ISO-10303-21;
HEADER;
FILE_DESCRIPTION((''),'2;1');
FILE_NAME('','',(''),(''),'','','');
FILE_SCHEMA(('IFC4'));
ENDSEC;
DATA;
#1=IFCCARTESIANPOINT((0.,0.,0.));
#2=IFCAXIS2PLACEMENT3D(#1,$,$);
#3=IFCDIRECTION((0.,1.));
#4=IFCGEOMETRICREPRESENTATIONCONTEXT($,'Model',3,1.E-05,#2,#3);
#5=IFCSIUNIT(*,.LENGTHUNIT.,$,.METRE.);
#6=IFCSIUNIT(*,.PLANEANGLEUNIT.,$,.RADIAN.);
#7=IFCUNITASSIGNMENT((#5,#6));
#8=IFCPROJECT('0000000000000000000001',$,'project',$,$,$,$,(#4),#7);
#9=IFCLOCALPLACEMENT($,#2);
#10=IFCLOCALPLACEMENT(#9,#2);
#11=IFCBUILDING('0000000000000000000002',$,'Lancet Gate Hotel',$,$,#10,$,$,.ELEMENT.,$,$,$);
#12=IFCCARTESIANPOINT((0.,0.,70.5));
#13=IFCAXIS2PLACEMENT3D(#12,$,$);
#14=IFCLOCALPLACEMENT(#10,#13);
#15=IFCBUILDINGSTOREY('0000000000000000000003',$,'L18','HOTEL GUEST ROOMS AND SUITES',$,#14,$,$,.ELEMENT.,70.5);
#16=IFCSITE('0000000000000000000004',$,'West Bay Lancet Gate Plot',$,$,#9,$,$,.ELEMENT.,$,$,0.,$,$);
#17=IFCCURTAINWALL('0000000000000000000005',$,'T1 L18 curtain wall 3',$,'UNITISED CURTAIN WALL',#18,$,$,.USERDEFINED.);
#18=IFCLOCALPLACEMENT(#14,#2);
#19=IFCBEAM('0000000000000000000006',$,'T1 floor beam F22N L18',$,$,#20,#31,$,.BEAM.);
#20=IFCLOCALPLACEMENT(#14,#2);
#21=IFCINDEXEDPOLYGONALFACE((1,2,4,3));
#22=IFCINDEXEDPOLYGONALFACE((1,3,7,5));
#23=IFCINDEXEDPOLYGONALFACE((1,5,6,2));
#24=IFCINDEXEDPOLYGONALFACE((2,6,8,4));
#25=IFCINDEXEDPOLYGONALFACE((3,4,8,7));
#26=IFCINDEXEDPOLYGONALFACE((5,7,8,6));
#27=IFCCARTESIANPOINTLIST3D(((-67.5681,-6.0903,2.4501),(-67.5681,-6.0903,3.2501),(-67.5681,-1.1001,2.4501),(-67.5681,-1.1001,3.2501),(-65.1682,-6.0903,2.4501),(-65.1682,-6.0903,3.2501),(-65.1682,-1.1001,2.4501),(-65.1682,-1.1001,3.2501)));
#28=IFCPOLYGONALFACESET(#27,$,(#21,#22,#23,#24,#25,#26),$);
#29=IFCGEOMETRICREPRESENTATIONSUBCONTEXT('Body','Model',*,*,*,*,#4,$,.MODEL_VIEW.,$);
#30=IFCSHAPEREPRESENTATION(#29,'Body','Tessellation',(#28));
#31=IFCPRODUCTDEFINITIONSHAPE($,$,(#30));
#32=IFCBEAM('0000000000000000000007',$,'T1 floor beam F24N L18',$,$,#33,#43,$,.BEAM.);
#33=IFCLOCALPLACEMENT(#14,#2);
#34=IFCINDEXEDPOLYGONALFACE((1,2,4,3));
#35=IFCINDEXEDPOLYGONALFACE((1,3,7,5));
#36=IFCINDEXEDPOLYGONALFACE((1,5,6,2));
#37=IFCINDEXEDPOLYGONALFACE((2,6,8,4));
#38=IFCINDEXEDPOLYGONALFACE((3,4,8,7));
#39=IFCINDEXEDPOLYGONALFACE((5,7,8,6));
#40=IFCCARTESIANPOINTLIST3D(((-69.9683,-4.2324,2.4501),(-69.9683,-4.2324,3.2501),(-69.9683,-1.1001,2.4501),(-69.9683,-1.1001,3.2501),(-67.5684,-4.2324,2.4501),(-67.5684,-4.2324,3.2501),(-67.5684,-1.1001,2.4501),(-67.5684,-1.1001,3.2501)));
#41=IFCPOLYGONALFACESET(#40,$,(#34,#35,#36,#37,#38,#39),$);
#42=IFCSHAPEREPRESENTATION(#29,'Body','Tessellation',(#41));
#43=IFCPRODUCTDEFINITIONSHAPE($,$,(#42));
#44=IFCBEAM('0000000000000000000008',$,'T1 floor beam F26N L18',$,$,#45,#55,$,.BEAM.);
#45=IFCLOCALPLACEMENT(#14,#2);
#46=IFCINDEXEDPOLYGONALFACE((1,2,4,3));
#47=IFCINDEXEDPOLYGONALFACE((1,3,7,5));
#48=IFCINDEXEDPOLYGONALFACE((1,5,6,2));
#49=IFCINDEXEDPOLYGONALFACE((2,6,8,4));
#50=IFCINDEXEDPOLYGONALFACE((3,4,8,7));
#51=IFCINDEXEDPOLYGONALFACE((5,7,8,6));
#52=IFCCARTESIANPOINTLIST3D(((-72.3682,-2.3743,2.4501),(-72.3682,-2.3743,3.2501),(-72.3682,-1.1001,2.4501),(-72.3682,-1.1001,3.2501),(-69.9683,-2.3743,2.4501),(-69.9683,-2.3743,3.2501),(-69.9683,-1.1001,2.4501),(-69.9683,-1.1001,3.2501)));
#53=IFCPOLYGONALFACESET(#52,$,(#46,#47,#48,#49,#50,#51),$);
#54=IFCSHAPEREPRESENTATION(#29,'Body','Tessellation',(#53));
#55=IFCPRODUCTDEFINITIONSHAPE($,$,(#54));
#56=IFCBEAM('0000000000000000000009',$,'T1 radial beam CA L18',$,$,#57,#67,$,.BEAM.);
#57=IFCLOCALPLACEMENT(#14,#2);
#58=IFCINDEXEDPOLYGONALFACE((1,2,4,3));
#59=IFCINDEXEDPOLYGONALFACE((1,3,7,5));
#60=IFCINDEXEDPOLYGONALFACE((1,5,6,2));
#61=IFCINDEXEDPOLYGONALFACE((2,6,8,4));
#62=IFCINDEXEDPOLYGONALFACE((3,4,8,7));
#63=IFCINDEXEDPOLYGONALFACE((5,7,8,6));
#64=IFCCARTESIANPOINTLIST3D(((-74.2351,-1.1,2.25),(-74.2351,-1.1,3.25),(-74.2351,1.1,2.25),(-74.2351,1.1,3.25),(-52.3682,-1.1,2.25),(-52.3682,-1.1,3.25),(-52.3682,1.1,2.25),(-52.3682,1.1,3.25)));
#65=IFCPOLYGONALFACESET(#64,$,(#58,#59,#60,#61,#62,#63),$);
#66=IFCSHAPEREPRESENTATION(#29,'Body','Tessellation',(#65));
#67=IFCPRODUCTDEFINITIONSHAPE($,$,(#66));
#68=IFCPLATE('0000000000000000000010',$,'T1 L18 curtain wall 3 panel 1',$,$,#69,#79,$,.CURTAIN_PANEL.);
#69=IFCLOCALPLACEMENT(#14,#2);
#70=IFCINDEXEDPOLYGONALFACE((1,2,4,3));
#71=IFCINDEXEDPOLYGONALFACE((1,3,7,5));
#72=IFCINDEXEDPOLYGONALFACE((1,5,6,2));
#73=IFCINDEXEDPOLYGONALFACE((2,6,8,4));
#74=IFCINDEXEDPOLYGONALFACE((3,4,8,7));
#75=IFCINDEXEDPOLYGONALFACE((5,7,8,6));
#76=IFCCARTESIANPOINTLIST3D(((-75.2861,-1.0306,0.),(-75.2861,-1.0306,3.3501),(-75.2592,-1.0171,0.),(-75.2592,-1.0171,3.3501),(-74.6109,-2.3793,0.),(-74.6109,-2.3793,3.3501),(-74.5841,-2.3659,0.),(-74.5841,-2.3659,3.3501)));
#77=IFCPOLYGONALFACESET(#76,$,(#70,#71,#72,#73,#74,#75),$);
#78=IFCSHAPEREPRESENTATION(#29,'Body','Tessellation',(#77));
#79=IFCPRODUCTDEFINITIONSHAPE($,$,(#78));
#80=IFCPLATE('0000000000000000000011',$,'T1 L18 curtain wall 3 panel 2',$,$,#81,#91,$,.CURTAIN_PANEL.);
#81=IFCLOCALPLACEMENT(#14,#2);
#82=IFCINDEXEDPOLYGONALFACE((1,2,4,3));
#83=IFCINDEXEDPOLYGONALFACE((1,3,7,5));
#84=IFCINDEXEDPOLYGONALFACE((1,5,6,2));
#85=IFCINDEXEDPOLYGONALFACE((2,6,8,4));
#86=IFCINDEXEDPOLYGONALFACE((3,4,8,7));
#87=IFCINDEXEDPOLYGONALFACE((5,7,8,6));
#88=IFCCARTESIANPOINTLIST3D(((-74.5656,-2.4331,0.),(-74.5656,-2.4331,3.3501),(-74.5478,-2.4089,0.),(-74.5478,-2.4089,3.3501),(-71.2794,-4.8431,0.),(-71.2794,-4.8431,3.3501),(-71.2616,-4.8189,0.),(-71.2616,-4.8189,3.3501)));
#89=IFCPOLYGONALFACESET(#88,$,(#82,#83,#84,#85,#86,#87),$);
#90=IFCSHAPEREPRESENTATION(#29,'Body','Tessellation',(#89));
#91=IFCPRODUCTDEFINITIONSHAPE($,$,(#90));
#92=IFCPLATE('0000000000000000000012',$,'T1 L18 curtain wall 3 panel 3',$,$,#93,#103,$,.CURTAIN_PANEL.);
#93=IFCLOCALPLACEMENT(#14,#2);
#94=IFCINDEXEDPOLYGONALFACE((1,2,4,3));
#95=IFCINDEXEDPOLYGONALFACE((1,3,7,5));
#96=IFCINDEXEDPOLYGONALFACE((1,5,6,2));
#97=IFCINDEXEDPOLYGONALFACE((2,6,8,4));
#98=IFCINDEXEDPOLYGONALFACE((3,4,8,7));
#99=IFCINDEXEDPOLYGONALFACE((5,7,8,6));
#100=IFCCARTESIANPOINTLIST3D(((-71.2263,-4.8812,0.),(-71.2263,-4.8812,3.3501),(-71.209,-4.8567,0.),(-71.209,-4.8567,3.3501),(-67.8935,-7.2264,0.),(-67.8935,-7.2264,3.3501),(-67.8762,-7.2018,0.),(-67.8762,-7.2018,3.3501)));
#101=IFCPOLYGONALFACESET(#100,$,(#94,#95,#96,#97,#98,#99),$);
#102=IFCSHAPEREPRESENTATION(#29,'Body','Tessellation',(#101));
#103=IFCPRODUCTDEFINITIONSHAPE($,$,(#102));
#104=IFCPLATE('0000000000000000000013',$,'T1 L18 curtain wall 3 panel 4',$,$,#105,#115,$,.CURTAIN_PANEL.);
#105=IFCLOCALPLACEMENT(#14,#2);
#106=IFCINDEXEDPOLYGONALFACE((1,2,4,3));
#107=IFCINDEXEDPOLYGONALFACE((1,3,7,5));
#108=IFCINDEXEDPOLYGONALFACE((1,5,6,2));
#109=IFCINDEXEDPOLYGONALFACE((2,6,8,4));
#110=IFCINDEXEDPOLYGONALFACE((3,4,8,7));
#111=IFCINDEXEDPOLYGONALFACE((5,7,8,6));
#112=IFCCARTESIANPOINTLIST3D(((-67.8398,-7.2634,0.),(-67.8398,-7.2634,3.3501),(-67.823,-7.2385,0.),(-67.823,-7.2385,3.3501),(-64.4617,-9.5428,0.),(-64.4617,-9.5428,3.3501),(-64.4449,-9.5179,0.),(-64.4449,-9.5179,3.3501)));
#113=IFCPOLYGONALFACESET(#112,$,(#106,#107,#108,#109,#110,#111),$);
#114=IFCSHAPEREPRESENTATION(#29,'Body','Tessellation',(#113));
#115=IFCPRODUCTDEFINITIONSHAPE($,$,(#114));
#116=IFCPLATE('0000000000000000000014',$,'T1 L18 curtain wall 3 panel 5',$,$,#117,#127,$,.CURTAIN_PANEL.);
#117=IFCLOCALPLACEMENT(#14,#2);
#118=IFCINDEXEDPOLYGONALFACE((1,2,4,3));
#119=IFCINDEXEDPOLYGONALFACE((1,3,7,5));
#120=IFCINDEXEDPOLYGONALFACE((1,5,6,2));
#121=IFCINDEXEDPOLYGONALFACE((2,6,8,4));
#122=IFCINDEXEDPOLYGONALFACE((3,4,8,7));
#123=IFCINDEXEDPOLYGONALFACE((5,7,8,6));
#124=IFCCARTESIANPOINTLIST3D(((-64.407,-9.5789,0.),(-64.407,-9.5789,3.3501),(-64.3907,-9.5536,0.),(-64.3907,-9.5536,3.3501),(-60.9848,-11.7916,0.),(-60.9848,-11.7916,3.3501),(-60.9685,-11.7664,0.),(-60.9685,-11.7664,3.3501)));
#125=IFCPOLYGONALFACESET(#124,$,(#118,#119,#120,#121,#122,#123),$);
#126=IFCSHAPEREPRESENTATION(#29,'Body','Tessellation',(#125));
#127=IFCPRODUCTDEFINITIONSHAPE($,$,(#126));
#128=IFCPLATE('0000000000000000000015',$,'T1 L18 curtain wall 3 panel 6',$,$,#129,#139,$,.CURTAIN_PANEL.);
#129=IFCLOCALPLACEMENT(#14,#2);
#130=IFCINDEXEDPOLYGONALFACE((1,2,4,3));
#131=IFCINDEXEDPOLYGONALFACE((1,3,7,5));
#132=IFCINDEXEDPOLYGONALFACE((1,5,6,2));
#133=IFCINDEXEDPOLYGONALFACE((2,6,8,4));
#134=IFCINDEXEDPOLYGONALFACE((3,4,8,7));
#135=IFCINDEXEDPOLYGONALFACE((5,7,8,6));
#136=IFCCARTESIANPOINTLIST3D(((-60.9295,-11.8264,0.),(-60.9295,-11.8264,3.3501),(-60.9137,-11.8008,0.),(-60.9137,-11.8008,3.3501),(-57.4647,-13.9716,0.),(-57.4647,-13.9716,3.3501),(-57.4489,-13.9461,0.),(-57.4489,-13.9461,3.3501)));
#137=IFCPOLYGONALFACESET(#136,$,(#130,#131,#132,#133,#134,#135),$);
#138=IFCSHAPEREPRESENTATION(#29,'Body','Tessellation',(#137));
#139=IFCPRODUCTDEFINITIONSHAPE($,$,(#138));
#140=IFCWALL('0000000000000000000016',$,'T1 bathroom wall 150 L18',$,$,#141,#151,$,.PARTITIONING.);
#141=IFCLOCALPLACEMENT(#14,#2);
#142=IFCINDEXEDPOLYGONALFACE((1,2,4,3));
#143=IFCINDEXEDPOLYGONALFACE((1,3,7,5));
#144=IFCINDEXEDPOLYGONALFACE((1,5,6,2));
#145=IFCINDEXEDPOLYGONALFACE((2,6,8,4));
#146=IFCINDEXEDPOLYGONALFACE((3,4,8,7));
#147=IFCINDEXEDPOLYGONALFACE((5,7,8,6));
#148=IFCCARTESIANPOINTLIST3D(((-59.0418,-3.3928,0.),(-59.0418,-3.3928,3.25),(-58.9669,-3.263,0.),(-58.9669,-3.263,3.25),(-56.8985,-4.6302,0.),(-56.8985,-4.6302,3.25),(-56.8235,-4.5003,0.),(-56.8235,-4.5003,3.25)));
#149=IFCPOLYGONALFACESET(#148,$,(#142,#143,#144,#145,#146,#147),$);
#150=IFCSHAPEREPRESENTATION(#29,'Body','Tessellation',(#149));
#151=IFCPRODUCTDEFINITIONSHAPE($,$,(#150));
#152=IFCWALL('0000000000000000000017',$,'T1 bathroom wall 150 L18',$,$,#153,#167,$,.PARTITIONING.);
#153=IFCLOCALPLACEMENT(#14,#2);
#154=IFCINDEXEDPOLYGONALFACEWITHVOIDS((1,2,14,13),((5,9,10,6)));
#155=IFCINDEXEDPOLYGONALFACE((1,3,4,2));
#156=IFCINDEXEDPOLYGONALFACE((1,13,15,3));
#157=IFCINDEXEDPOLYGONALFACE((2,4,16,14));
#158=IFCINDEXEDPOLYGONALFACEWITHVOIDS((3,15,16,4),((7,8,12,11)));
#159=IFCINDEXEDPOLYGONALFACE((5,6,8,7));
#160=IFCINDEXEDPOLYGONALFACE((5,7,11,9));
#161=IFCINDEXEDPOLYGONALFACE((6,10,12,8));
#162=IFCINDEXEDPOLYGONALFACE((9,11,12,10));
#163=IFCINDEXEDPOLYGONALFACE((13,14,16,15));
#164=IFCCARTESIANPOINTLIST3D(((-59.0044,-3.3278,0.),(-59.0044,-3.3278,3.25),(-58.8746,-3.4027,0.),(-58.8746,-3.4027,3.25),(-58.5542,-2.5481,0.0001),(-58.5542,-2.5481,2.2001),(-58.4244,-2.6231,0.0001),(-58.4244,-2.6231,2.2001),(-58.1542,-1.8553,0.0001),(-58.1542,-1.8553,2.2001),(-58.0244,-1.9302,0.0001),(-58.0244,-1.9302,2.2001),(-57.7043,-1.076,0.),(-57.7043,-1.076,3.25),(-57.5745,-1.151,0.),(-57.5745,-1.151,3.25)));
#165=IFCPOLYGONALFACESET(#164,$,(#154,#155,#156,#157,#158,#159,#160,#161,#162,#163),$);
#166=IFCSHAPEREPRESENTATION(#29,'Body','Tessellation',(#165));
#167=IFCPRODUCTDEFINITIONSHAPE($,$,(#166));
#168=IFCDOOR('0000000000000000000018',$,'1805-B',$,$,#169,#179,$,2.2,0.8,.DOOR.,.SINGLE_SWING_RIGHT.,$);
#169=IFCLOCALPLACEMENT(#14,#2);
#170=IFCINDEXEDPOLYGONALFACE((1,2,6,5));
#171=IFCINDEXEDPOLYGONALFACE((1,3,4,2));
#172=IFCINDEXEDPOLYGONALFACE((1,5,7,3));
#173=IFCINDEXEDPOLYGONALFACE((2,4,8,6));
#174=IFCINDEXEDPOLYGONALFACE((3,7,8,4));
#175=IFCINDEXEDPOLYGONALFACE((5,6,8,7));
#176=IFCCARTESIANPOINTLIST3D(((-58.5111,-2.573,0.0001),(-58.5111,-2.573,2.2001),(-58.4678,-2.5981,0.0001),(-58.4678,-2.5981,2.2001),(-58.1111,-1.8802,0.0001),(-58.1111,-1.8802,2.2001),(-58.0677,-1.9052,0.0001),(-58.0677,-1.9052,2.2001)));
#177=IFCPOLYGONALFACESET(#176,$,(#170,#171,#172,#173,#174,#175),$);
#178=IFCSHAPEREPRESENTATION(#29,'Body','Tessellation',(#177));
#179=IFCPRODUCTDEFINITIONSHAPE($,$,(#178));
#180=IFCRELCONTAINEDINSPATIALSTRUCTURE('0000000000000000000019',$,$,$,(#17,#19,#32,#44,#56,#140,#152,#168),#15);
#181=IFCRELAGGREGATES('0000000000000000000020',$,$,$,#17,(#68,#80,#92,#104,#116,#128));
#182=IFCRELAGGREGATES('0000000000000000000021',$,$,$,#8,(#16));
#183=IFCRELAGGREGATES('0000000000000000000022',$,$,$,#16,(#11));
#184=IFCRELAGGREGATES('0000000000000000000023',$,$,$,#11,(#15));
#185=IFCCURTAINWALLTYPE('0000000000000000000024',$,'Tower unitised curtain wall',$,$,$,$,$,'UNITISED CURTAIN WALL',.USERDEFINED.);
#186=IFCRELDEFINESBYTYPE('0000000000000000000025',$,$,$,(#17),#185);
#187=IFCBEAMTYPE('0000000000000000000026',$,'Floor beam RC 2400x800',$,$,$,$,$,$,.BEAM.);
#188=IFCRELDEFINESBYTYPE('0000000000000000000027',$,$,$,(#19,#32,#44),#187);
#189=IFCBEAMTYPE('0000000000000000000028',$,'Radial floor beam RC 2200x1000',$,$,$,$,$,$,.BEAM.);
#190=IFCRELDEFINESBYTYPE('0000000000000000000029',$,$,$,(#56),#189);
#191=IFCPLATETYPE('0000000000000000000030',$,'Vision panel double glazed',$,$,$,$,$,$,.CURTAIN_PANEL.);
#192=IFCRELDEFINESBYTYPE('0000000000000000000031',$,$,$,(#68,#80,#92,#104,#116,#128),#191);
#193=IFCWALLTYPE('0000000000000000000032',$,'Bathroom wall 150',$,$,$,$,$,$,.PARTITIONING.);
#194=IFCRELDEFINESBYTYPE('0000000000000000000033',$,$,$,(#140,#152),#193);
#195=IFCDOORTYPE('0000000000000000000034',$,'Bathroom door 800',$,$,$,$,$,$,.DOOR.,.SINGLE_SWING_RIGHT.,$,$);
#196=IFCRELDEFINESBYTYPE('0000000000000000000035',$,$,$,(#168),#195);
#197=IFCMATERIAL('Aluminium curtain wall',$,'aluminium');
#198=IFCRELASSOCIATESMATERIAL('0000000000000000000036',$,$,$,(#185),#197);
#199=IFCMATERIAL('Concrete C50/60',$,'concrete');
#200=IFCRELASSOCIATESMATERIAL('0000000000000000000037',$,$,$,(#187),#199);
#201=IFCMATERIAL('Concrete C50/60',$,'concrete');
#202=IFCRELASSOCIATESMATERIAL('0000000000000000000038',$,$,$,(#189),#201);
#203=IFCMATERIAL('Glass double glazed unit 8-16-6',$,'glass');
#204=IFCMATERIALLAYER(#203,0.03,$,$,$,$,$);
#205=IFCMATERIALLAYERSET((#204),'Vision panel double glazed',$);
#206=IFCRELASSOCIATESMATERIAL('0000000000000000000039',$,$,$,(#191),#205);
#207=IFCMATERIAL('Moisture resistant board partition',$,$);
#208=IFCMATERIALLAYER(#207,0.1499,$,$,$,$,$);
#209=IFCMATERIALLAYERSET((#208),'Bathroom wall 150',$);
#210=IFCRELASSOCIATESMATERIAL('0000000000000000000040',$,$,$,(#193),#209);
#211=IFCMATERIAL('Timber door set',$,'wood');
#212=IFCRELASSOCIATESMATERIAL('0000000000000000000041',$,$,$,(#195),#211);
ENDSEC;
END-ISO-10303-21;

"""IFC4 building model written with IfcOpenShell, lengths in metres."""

from ifc_helpers import new_model, si_unit, direction, frame, frame_2d, origin, origin_2d, place, context, subcontext, project, spatial, rectangle, extrude, material, layer, layer_set, material_profile, profile_set, type_object, element, fill, aggregate, save


model = new_model("IFC4")

# Units and contexts
model_context = context("Model", 3, precision=1e-05, world=origin(), true_north=direction((0.0, 1.0)))
body_context = subcontext(model_context, "Body", "Model", "MODEL_VIEW")
ifc_project = project(units=[si_unit("LENGTHUNIT", "METRE"), si_unit("PLANEANGLEUNIT", "RADIAN")], contexts=[model_context])

# Site, building, storey
site_placement = place(None, origin())
site = spatial("IfcSite", under=ifc_project, at=site_placement, Name="West Bay Lancet Gate Plot", CompositionType="ELEMENT", RefElevation=0.0)
building_placement = place(site_placement, origin())
building = spatial("IfcBuilding", under=site, at=building_placement, Name="Lancet Gate Hotel", CompositionType="ELEMENT")
storey_placement = place(building_placement, frame((0.0, 0.0, 70.5)))
storey = spatial("IfcBuildingStorey", under=building, at=storey_placement, Name="L18", Description="HOTEL GUEST ROOMS AND SUITES", CompositionType="ELEMENT", Elevation=70.5)

# Curtain wall
ifc_material_1 = material(Name="Aluminium curtain wall", Category="aluminium")
curtain_wall_type = type_object("IfcCurtainWallType", Name="Tower unitised curtain wall", ElementType="UNITISED CURTAIN WALL", PredefinedType="USERDEFINED", material=ifc_material_1)
curtain_wall_placement = place(storey_placement, origin())
curtain_wall = element("IfcCurtainWall", 1, at=curtain_wall_placement, inside=storey, type_object=curtain_wall_type, Name="T1 L18 curtain wall 3", ObjectType="UNITISED CURTAIN WALL", PredefinedType="USERDEFINED")

# Beams
ifc_material_2 = material(Name="Concrete C50/60", Category="concrete")
ifc_material_profile_1 = material_profile(ifc_material_2, rectangle(XDim=2.3999, YDim=0.8, at=origin_2d()), Name="RC 2400x800")
ifc_profile_set_1 = profile_set([ifc_material_profile_1], Name="Concrete C50/60")
beam_type_1 = type_object("IfcBeamType", Name="Floor beam RC 2400x800", PredefinedType="BEAM", material=ifc_profile_set_1)
beam_1_placement = place(storey_placement, frame((-66.3682, -1.1001, 2.8501), z_axis=(0.0, -1.0, 0.0), x_axis=(1.0, 0.0, 0.0)))
element("IfcBeam", 2, at=beam_1_placement, inside=storey, type_object=beam_type_1, Name="T1 floor beam F22N L18", PredefinedType="BEAM", context=body_context, shape_type="SweptSolid", body=[
    extrude(rectangle(XDim=2.3999, YDim=0.8, at=origin_2d()), origin(), (0.0, 0.0, 1.0), 4.9902),
])
beam_2_placement = place(storey_placement, frame((-68.7683, -1.1001, 2.8501), z_axis=(0.0, -1.0, 0.0), x_axis=(1.0, 0.0, 0.0)))
element("IfcBeam", 3, at=beam_2_placement, inside=storey, type_object=beam_type_1, Name="T1 floor beam F24N L18", PredefinedType="BEAM", context=body_context, shape_type="SweptSolid", body=[
    extrude(rectangle(XDim=2.3999, YDim=0.8, at=origin_2d()), origin(), (0.0, 0.0, 1.0), 3.1323),
])
beam_3_placement = place(storey_placement, frame((-71.1682, -1.1001, 2.8501), z_axis=(0.0, -1.0, 0.0), x_axis=(1.0, 0.0, 0.0)))
element("IfcBeam", 4, at=beam_3_placement, inside=storey, type_object=beam_type_1, Name="T1 floor beam F26N L18", PredefinedType="BEAM", context=body_context, shape_type="SweptSolid", body=[
    extrude(rectangle(XDim=2.3999, YDim=0.8, at=origin_2d()), origin(), (0.0, 0.0, 1.0), 1.2742),
])
ifc_material_3 = material(Name="Concrete C50/60", Category="concrete")
ifc_material_profile_2 = material_profile(ifc_material_3, rectangle(XDim=2.2, YDim=1.0, at=origin_2d()), Name="RC 2200x1000")
ifc_profile_set_2 = profile_set([ifc_material_profile_2], Name="Concrete C50/60")
beam_type_2 = type_object("IfcBeamType", Name="Radial floor beam RC 2200x1000", PredefinedType="BEAM", material=ifc_profile_set_2)
beam_4_placement = place(storey_placement, frame((-74.2351, 0.0, 2.75), z_axis=(1.0, 0.0, 0.0), x_axis=(0.0, 1.0, 0.0)))
element("IfcBeam", 5, at=beam_4_placement, inside=storey, type_object=beam_type_2, Name="T1 radial beam CA L18", PredefinedType="BEAM", context=body_context, shape_type="SweptSolid", body=[
    extrude(rectangle(XDim=2.2, YDim=1.0, at=origin_2d()), origin(), (0.0, 0.0, 1.0), 21.8669),
])

# Plates
ifc_material_4 = material(Name="Glass double glazed unit 8-16-6", Category="glass")
ifc_layer_1 = layer(ifc_material_4, 0.03)
ifc_layer_set_1 = layer_set([ifc_layer_1], Name="Vision panel double glazed")
plate_type = type_object("IfcPlateType", Name="Vision panel double glazed", PredefinedType="CURTAIN_PANEL", material=ifc_layer_set_1)
plate_1_placement = place(storey_placement, frame((-74.9351, -1.6982, 0.0), z_axis=(0.0, 0.0, 1.0), x_axis=(0.447628, -0.89422, 0.0)))
plate_1 = element("IfcPlate", 6, at=plate_1_placement, type_object=plate_type, Name="T1 L18 curtain wall 3 panel 1", PredefinedType="CURTAIN_PANEL", context=body_context, shape_type="SweptSolid", body=[
    extrude(rectangle(XDim=1.5083, YDim=0.03, at=origin_2d()), origin(), (0.0, 0.0, 1.0), 3.3501),
])
plate_2_placement = place(storey_placement, frame((-72.9136, -3.626, 0.0), z_axis=(0.0, 0.0, 1.0), x_axis=(0.80639, -0.591384, 0.0)))
plate_2 = element("IfcPlate", 7, at=plate_2_placement, type_object=plate_type, Name="T1 L18 curtain wall 3 panel 2", PredefinedType="CURTAIN_PANEL", context=body_context, shape_type="SweptSolid", body=[
    extrude(rectangle(XDim=4.0752, YDim=0.03, at=origin_2d()), origin(), (0.0, 0.0, 1.0), 3.3501),
])
plate_3_placement = place(storey_placement, frame((-69.5513, -6.0415, 0.0), z_axis=(0.0, 0.0, 1.0), x_axis=(0.817825, -0.575467, 0.0)))
plate_3 = element("IfcPlate", 8, at=plate_3_placement, type_object=plate_type, Name="T1 L18 curtain wall 3 panel 3", PredefinedType="CURTAIN_PANEL", context=body_context, shape_type="SweptSolid", body=[
    extrude(rectangle(XDim=4.0752, YDim=0.03, at=origin_2d()), origin(), (0.0, 0.0, 1.0), 3.3501),
])
plate_4_placement = place(storey_placement, frame((-66.1423, -8.3906, 0.0), z_axis=(0.0, 0.0, 1.0), x_axis=(0.828946, -0.559329, 0.0)))
plate_4 = element("IfcPlate", 9, at=plate_4_placement, type_object=plate_type, Name="T1 L18 curtain wall 3 panel 4", PredefinedType="CURTAIN_PANEL", context=body_context, shape_type="SweptSolid", body=[
    extrude(rectangle(XDim=4.0752, YDim=0.03, at=origin_2d()), origin(), (0.0, 0.0, 1.0), 3.3501),
])
plate_5_placement = place(storey_placement, frame((-62.6877, -10.6726, 0.0), z_axis=(0.0, 0.0, 1.0), x_axis=(0.839749, -0.542975, 0.0)))
plate_5 = element("IfcPlate", 10, at=plate_5_placement, type_object=plate_type, Name="T1 L18 curtain wall 3 panel 5", PredefinedType="CURTAIN_PANEL", context=body_context, shape_type="SweptSolid", body=[
    extrude(rectangle(XDim=4.0752, YDim=0.03, at=origin_2d()), origin(), (0.0, 0.0, 1.0), 3.3501),
])
plate_6_placement = place(storey_placement, frame((-59.1892, -12.8862, 0.0), z_axis=(0.0, 0.0, 1.0), x_axis=(0.850229, -0.526414, 0.0)))
plate_6 = element("IfcPlate", 11, at=plate_6_placement, type_object=plate_type, Name="T1 L18 curtain wall 3 panel 6", PredefinedType="CURTAIN_PANEL", context=body_context, shape_type="SweptSolid", body=[
    extrude(rectangle(XDim=4.0752, YDim=0.03, at=origin_2d()), origin(), (0.0, 0.0, 1.0), 3.3501),
])
aggregate(curtain_wall, [plate_1, plate_2, plate_3, plate_4, plate_5, plate_6])

# Wall
ifc_material_5 = material(Name="Moisture resistant board partition")
ifc_layer_2 = layer(ifc_material_5, 0.1499)
ifc_layer_set_2 = layer_set([ifc_layer_2], Name="Bathroom wall 150")
wall_type = type_object("IfcWallType", Name="Bathroom wall 150", PredefinedType="PARTITIONING", material=ifc_layer_set_2)
wall_1_placement = place(storey_placement, frame((-56.8611, -4.5652, 0.0), z_axis=(0.0, 0.0, 1.0), x_axis=(-0.866049, 0.499959, 0.0)))
element("IfcWall", 12, at=wall_1_placement, inside=storey, type_object=wall_type, Name="T1 bathroom wall 150 L18", PredefinedType="PARTITIONING", context=body_context, shape_type="SweptSolid", body=[
    extrude(rectangle(XDim=2.4749, YDim=0.1499, at=frame_2d((1.2373, 0.0))), origin(), (0.0, 0.0, 1.0), 3.25),
])

# Wall, opening, door
wall_2_placement = place(storey_placement, frame((-57.6394, -1.1135, 0.0), z_axis=(0.0, 0.0, 1.0), x_axis=(-0.500007, -0.866021, 0.0)))
wall_2 = element("IfcWall", 13, at=wall_2_placement, inside=storey, type_object=wall_type, Name="T1 bathroom wall 150 L18", PredefinedType="PARTITIONING", context=body_context, shape_type="SweptSolid", body=[
    extrude(rectangle(XDim=2.6001, YDim=0.1499, at=frame_2d((1.3, 0.0))), origin(), (0.0, 0.0, 1.0), 3.25),
])
opening_placement = place(wall_2_placement, frame((0.8999, 0.0, 0.0)))
opening = element("IfcOpeningElement", 14, at=opening_placement, cuts=wall_2, PredefinedType="OPENING", context=body_context, shape_type="SweptSolid", body=[
    extrude(rectangle(XDim=0.8, YDim=2.2, at=frame_2d((0.3999, 1.1001))), frame((0.0, 0.085, 0.0), z_axis=(0.0, -1.0, 0.0), x_axis=(1.0, 0.0, 0.0)), (0.0, 0.0, 1.0), 0.1699),
])
ifc_material_6 = material(Name="Timber door set", Category="wood")
door_type = type_object("IfcDoorType", Name="Bathroom door 800", OperationType="SINGLE_SWING_RIGHT", PredefinedType="DOOR", material=ifc_material_6)
door_placement = place(opening_placement, origin())
door = element("IfcDoor", 15, at=door_placement, inside=storey, type_object=door_type, Name="1805-B", OperationType="SINGLE_SWING_RIGHT", OverallHeight=2.2, OverallWidth=0.8, PredefinedType="DOOR", context=body_context, shape_type="SweptSolid", body=[
    extrude(rectangle(XDim=0.8, YDim=2.2, at=frame_2d((0.3999, 1.1001))), frame((0.0, 0.0249, 0.0), z_axis=(0.0, -1.0, 0.0), x_axis=(1.0, 0.0, 0.0)), (0.0, 0.0, 1.0), 0.05),
])
fill(opening, door)

save(model, "model.ifc")
